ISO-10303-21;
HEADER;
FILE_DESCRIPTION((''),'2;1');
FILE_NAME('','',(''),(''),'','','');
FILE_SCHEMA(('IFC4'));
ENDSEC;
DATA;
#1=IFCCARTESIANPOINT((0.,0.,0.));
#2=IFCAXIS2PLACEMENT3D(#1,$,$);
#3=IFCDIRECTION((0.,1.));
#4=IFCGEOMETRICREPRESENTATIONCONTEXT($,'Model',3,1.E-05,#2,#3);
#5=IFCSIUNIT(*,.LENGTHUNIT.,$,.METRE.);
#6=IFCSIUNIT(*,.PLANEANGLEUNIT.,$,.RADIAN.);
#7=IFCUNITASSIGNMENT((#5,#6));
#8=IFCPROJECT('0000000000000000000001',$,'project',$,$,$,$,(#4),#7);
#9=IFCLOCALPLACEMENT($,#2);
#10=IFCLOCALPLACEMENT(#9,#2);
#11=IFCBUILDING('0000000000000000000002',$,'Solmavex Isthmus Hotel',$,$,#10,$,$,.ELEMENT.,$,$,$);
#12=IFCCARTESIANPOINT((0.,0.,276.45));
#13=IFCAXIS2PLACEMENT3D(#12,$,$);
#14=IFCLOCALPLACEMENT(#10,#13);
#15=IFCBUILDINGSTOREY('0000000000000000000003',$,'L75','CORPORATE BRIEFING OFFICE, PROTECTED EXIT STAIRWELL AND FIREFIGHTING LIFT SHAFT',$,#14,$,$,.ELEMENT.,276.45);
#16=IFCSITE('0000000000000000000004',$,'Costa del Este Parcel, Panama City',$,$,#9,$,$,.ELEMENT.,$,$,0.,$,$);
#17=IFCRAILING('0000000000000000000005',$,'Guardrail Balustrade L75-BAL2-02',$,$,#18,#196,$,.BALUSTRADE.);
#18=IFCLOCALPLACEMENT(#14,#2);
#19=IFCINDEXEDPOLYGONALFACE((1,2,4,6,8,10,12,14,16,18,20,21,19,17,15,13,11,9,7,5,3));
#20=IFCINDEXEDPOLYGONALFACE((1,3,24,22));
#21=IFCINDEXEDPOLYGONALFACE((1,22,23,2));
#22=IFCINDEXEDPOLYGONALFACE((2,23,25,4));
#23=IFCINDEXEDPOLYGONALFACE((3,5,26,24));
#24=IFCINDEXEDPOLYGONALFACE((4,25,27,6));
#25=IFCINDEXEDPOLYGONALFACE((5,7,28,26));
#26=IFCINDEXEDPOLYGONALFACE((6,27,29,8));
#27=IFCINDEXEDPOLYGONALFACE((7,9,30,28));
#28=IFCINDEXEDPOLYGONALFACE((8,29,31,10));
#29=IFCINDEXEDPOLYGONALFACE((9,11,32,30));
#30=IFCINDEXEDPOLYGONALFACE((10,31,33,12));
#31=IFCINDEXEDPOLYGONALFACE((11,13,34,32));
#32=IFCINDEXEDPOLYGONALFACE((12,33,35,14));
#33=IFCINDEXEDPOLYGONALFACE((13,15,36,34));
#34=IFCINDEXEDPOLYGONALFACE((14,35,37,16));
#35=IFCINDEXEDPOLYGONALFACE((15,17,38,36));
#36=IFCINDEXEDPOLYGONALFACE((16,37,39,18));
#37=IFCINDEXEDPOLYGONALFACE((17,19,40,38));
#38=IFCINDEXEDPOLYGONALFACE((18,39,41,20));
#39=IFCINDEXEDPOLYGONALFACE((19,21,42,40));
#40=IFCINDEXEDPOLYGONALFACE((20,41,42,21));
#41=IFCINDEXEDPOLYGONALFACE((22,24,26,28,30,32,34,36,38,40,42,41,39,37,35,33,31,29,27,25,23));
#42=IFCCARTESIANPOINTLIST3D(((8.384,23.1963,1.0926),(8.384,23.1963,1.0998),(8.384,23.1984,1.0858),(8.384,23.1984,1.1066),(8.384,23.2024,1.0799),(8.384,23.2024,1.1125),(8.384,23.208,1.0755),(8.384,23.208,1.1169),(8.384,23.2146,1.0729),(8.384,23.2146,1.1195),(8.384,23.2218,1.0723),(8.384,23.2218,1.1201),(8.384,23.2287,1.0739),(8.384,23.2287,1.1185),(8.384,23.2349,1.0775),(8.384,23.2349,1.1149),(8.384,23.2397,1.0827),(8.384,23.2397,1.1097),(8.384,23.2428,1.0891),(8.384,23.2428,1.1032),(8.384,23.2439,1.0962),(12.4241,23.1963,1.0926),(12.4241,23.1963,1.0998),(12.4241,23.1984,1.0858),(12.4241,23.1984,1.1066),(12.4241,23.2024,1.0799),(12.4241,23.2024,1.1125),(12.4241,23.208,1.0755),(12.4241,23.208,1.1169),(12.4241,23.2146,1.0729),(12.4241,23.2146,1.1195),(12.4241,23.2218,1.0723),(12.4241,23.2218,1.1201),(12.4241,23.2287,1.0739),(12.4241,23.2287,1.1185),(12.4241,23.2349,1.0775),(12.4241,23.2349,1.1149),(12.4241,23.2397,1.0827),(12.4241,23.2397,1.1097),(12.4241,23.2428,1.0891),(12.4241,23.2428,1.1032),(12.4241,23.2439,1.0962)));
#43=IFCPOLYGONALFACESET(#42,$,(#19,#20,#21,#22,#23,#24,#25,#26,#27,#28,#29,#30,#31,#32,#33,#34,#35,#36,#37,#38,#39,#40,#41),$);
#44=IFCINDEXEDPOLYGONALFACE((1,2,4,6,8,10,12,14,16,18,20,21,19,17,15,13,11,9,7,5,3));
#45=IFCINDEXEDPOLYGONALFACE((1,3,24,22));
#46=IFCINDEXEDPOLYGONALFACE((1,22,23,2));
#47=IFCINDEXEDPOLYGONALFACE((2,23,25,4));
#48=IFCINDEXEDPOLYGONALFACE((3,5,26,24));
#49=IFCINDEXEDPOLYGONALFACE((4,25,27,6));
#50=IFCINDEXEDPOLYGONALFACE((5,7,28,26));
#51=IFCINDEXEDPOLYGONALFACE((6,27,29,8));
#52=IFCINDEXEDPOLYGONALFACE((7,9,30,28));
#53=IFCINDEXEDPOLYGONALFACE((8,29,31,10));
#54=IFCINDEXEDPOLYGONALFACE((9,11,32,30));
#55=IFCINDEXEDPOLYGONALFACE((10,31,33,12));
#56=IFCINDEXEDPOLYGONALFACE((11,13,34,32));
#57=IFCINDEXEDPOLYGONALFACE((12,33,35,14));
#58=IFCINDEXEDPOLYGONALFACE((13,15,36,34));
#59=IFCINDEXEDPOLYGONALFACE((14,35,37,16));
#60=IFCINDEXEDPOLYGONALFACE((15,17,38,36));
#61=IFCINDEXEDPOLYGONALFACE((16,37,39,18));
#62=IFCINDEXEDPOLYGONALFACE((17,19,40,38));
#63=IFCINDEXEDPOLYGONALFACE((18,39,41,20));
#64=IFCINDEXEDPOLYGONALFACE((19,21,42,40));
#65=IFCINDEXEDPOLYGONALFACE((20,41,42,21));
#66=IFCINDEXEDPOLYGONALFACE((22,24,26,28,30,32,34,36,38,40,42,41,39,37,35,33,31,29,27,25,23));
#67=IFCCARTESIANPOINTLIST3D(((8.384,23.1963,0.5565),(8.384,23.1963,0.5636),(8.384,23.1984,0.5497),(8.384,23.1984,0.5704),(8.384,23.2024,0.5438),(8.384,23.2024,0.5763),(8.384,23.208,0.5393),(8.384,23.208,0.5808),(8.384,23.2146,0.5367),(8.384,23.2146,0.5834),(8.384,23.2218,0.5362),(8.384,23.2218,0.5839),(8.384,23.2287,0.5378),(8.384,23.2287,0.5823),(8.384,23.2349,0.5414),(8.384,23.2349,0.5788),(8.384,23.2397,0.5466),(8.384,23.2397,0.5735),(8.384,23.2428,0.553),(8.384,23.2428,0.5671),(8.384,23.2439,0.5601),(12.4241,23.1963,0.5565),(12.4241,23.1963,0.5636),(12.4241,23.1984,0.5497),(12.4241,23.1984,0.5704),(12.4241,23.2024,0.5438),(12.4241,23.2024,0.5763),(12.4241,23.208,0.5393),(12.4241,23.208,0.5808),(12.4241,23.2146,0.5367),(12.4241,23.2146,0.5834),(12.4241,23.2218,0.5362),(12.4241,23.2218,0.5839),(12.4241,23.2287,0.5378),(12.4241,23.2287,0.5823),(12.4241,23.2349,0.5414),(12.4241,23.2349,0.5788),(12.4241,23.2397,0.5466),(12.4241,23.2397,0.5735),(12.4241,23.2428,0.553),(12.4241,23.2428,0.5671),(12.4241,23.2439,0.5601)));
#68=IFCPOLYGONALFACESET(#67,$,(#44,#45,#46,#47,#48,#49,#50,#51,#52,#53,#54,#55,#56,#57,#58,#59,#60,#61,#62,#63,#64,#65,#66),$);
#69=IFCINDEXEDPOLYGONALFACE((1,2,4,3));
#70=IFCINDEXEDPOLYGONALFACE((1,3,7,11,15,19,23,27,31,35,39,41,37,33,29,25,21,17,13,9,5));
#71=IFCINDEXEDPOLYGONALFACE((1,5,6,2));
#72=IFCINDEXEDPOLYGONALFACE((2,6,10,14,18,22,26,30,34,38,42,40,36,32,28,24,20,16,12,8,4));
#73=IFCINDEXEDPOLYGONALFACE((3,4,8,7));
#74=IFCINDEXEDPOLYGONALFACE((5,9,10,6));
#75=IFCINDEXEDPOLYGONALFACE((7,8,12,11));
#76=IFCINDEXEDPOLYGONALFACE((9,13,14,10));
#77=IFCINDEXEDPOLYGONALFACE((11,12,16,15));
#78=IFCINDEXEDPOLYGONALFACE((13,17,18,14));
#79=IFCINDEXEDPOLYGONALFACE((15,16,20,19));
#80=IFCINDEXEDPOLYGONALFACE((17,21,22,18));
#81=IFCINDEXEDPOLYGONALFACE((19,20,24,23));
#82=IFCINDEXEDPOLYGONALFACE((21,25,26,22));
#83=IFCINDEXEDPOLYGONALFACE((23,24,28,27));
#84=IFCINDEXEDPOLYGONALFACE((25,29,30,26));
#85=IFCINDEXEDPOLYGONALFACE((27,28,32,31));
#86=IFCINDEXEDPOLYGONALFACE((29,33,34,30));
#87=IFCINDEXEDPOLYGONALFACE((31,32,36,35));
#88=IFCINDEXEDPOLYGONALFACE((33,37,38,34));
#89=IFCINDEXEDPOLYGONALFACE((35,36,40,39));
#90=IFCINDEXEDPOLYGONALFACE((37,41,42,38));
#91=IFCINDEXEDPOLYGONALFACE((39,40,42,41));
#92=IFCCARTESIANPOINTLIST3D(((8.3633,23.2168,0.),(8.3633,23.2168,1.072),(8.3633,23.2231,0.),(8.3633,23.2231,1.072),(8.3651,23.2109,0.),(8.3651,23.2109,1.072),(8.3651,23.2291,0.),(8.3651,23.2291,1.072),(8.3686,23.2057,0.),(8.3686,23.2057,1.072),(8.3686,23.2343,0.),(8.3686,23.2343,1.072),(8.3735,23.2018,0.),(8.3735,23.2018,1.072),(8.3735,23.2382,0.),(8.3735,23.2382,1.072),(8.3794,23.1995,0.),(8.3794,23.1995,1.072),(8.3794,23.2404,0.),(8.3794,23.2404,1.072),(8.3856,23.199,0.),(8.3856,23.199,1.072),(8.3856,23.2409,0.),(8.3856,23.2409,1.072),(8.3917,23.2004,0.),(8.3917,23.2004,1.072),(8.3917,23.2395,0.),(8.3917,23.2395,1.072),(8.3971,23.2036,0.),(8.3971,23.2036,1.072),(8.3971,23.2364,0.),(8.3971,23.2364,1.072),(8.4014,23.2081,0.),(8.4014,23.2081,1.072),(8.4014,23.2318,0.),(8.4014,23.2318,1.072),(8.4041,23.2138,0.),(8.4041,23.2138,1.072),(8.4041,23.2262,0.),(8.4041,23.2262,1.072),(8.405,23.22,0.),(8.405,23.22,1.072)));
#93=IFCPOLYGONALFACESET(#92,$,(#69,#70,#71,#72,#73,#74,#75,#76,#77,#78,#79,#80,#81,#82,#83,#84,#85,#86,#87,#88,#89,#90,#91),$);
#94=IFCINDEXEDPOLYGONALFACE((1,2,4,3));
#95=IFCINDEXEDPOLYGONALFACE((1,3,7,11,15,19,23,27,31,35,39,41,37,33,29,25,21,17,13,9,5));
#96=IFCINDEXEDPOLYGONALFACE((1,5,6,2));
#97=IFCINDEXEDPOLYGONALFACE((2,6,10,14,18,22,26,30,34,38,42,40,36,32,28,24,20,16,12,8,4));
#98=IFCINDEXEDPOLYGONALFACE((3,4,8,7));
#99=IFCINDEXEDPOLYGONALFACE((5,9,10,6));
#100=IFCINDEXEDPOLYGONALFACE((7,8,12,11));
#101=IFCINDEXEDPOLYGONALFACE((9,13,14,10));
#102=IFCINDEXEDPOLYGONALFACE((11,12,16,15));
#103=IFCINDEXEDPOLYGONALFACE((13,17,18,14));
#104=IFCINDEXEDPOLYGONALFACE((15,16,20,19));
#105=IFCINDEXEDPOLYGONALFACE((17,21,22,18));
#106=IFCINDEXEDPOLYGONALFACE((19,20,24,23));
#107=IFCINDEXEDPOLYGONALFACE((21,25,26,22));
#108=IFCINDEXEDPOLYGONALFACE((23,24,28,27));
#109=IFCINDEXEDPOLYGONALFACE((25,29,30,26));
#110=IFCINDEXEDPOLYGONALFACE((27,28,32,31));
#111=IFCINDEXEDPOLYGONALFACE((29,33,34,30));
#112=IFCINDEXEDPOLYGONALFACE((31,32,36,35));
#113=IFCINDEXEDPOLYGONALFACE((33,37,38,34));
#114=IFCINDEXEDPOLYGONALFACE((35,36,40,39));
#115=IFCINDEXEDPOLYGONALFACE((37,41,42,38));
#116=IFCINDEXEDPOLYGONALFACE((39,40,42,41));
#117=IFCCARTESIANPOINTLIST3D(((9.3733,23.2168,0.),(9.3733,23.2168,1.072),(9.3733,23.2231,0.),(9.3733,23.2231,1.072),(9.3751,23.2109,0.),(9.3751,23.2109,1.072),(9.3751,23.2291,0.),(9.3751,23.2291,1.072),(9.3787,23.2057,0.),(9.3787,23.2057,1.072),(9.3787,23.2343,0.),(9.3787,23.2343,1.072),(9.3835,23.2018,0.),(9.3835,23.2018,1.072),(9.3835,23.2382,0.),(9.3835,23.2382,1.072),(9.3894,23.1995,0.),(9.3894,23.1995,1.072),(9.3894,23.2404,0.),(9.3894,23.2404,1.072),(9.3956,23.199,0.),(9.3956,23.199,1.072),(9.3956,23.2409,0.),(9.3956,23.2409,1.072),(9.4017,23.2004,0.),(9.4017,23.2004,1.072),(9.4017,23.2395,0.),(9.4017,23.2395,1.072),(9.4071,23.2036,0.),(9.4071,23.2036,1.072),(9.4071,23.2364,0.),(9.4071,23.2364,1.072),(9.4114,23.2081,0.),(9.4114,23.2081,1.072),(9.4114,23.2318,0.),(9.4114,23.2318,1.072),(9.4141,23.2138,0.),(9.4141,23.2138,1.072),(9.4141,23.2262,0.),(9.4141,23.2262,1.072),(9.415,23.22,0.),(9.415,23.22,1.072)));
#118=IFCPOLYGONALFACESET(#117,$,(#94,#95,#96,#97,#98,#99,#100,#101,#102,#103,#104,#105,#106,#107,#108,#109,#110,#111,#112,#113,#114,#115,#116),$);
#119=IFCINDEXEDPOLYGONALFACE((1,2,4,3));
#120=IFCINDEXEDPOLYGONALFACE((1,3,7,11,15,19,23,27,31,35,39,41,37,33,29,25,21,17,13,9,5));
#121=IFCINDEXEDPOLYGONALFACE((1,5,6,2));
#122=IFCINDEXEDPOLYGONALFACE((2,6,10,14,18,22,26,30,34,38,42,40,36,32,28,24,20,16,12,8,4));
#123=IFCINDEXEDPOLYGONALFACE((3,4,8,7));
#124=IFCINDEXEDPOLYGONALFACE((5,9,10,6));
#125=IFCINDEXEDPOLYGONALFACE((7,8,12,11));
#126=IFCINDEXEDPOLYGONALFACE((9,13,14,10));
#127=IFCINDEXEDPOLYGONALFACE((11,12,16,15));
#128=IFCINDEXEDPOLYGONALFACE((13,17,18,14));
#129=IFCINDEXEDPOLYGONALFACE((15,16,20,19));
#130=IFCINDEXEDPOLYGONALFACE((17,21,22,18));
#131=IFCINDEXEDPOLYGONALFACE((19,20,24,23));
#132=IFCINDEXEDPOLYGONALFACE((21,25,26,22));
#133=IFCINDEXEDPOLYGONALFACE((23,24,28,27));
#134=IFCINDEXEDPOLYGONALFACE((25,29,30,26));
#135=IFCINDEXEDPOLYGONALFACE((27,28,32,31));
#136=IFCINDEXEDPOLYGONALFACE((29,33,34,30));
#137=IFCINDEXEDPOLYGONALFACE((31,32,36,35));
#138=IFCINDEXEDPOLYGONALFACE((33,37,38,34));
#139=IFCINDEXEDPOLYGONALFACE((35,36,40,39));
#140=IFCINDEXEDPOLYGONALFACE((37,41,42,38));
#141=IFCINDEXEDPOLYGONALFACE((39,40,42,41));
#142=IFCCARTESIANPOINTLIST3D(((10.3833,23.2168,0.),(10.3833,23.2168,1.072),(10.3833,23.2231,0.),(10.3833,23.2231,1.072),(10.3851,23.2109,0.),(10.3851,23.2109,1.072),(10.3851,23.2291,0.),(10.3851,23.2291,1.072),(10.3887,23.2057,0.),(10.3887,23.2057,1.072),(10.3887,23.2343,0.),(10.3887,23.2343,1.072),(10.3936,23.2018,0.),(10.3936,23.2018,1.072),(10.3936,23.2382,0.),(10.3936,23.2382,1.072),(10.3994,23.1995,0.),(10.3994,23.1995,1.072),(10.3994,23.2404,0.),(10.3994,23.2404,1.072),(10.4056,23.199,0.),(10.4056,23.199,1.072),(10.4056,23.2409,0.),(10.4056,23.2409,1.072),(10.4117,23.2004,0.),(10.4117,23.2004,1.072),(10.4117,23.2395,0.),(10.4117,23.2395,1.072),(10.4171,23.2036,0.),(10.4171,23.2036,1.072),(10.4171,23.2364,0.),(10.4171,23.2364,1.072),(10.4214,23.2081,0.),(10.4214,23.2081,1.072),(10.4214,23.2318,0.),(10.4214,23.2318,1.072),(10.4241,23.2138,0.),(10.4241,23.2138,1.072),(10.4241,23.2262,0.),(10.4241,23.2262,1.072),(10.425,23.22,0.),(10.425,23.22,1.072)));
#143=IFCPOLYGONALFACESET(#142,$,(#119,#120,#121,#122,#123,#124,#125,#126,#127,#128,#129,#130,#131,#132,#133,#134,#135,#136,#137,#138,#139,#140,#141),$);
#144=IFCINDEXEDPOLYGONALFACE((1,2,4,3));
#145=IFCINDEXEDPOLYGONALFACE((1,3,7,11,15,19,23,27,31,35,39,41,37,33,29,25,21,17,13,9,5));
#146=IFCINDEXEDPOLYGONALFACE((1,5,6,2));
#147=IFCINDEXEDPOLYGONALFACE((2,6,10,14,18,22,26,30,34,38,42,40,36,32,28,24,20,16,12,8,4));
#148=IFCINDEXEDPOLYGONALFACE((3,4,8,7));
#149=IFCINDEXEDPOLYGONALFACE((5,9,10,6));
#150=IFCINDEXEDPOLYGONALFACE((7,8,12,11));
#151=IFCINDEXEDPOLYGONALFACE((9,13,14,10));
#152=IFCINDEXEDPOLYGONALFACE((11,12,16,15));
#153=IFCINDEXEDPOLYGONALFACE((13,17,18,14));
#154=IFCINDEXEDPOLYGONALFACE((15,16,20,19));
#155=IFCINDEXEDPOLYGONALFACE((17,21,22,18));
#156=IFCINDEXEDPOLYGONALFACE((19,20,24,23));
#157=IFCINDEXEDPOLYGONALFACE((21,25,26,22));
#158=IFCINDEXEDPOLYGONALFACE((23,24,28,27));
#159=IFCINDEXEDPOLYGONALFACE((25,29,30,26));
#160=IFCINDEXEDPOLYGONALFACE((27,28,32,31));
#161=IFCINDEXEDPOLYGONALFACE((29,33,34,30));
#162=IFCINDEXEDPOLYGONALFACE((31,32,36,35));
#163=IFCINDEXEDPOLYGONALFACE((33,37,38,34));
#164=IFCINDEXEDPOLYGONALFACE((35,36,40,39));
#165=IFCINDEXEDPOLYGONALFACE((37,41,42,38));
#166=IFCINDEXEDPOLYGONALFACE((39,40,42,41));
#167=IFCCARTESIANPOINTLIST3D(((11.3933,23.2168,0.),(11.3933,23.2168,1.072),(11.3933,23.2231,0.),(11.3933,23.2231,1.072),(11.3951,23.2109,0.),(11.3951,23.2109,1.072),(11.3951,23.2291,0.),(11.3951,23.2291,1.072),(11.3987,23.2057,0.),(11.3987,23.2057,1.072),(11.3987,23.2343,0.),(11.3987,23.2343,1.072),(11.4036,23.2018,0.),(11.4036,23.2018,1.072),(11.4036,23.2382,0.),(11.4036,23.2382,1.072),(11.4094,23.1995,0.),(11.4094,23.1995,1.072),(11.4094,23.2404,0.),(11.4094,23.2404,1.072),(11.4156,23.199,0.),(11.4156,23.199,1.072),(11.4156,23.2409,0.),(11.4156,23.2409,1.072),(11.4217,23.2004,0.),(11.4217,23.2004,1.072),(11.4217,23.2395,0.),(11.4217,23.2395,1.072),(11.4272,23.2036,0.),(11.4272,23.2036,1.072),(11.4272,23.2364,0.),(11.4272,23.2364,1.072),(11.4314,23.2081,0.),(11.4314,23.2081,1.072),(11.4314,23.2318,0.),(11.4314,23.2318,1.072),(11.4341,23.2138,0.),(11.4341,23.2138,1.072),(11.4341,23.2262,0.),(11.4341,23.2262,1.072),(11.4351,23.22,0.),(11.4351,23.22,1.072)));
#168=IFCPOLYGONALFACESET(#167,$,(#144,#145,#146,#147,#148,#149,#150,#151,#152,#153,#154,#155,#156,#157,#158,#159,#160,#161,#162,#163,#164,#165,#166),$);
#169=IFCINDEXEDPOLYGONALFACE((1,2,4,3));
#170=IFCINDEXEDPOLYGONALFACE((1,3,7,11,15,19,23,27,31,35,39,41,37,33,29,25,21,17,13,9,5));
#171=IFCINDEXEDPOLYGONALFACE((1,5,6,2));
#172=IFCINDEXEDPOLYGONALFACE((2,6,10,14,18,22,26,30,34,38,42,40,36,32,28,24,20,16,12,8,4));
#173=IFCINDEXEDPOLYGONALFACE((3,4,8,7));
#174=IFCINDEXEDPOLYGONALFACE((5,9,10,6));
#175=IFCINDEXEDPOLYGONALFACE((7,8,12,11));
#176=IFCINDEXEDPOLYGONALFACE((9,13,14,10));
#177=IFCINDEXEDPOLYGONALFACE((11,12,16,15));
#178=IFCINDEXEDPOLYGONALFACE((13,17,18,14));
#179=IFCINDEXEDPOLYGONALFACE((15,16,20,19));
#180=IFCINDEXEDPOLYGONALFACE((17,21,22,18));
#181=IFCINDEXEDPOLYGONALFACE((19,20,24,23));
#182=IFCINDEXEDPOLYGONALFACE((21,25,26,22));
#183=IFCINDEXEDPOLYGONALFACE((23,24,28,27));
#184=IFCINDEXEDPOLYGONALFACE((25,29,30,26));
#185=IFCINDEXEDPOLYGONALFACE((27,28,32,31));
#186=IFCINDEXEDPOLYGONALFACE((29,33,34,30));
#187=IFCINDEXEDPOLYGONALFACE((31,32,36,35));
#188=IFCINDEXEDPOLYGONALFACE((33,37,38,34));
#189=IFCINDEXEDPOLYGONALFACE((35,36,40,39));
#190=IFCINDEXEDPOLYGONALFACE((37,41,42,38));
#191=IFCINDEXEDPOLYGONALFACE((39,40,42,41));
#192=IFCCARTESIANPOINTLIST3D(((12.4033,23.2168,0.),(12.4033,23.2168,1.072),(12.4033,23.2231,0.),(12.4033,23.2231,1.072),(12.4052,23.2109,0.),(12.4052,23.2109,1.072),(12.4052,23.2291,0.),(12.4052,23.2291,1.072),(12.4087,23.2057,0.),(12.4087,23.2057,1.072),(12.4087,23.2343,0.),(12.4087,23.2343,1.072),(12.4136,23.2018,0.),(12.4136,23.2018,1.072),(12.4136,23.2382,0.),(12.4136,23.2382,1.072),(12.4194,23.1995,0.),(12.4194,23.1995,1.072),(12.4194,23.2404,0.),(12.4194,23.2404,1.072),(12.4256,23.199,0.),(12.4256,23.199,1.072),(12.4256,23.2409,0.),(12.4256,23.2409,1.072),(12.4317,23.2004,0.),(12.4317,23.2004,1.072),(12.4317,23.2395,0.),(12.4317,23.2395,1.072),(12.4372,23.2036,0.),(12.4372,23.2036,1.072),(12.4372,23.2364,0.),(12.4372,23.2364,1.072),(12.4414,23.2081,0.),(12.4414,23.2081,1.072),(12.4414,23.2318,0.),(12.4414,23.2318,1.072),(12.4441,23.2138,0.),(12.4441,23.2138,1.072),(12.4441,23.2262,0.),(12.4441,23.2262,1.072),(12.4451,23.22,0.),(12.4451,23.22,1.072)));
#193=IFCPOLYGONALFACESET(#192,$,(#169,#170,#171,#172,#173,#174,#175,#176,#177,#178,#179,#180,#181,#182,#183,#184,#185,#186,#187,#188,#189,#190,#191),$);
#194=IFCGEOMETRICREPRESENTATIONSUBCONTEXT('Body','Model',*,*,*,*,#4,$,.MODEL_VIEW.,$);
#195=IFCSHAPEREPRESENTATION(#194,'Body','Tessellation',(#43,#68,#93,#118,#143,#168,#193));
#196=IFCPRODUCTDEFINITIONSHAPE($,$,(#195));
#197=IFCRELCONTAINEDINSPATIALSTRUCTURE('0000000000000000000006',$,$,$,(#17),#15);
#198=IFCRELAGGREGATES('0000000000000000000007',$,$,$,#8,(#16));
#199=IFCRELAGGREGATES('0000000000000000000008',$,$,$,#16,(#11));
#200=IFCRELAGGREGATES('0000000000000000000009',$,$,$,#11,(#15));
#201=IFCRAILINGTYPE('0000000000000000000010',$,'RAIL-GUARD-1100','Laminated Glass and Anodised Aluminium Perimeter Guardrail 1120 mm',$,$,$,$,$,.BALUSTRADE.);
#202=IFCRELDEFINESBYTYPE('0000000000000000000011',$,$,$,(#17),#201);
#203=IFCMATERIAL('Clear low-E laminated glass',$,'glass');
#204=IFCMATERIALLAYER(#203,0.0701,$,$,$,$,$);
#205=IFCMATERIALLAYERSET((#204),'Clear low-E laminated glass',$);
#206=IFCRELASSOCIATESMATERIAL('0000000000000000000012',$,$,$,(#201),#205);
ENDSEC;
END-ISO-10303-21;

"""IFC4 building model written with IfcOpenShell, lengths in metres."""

from ifc_helpers import new_model, si_unit, direction, frame, origin, origin_2d, place, context, subcontext, project, spatial, circle, extrude, material, layer, layer_set, type_object, element, save


model = new_model("IFC4")

# Units and contexts
model_context = context("Model", 3, precision=1e-05, world=origin(), true_north=direction((0.0, 1.0)))
body_context = subcontext(model_context, "Body", "Model", "MODEL_VIEW")
ifc_project = project(units=[si_unit("LENGTHUNIT", "METRE"), si_unit("PLANEANGLEUNIT", "RADIAN")], contexts=[model_context])

# Site, building, storey
site_placement = place(None, origin())
site = spatial("IfcSite", under=ifc_project, at=site_placement, Name="Costa del Este Parcel, Panama City", CompositionType="ELEMENT", RefElevation=0.0)
building_placement = place(site_placement, origin())
building = spatial("IfcBuilding", under=site, at=building_placement, Name="Solmavex Isthmus Hotel", CompositionType="ELEMENT")
storey_placement = place(building_placement, frame((0.0, 0.0, 276.45)))
storey = spatial("IfcBuildingStorey", under=building, at=storey_placement, Name="L75", Description="CORPORATE BRIEFING OFFICE, PROTECTED EXIT STAIRWELL AND FIREFIGHTING LIFT SHAFT", CompositionType="ELEMENT", Elevation=276.45)

# Shared definitions
ifc_material_1 = material(Name="Clear low-E laminated glass", Category="glass")

# Railing
ifc_layer_1 = layer(ifc_material_1, 0.0701)
ifc_layer_set_1 = layer_set([ifc_layer_1], Name="Clear low-E laminated glass")
railing_type = type_object("IfcRailingType", Name="RAIL-GUARD-1100", Description="Laminated Glass and Anodised Aluminium Perimeter Guardrail 1120 mm", PredefinedType="BALUSTRADE", material=ifc_layer_set_1)
railing_1_placement = place(storey_placement, frame((8.384, 23.22, 0.0)))
element("IfcRailing", 1, at=railing_1_placement, inside=storey, type_object=railing_type, Name="Guardrail Balustrade L75-BAL2-02", PredefinedType="BALUSTRADE", context=body_context, shape_type="SweptSolid", body=[
    extrude(circle(Radius=0.0239, at=origin_2d()), frame((0.0, 0.0, 1.0962), z_axis=(1.0, 0.0, 0.0), x_axis=(0.0, 1.0, 0.0)), (0.0, 0.0, 1.0), 4.04),
    extrude(circle(Radius=0.0239, at=origin_2d()), frame((0.0, 0.0, 0.5601), z_axis=(1.0, 0.0, 0.0), x_axis=(0.0, 1.0, 0.0)), (0.0, 0.0, 1.0), 4.04),
    extrude(circle(Radius=0.021, at=origin_2d()), origin(), (0.0, 0.0, 1.0), 1.072),
    extrude(circle(Radius=0.021, at=origin_2d()), frame((1.01, 0.0, 0.0)), (0.0, 0.0, 1.0), 1.072),
    extrude(circle(Radius=0.021, at=origin_2d()), frame((2.02, 0.0, 0.0)), (0.0, 0.0, 1.0), 1.072),
    extrude(circle(Radius=0.021, at=origin_2d()), frame((3.03, 0.0, 0.0)), (0.0, 0.0, 1.0), 1.072),
    extrude(circle(Radius=0.021, at=origin_2d()), frame((4.04, 0.0, 0.0)), (0.0, 0.0, 1.0), 1.072),
])

save(model, "model.ifc")
